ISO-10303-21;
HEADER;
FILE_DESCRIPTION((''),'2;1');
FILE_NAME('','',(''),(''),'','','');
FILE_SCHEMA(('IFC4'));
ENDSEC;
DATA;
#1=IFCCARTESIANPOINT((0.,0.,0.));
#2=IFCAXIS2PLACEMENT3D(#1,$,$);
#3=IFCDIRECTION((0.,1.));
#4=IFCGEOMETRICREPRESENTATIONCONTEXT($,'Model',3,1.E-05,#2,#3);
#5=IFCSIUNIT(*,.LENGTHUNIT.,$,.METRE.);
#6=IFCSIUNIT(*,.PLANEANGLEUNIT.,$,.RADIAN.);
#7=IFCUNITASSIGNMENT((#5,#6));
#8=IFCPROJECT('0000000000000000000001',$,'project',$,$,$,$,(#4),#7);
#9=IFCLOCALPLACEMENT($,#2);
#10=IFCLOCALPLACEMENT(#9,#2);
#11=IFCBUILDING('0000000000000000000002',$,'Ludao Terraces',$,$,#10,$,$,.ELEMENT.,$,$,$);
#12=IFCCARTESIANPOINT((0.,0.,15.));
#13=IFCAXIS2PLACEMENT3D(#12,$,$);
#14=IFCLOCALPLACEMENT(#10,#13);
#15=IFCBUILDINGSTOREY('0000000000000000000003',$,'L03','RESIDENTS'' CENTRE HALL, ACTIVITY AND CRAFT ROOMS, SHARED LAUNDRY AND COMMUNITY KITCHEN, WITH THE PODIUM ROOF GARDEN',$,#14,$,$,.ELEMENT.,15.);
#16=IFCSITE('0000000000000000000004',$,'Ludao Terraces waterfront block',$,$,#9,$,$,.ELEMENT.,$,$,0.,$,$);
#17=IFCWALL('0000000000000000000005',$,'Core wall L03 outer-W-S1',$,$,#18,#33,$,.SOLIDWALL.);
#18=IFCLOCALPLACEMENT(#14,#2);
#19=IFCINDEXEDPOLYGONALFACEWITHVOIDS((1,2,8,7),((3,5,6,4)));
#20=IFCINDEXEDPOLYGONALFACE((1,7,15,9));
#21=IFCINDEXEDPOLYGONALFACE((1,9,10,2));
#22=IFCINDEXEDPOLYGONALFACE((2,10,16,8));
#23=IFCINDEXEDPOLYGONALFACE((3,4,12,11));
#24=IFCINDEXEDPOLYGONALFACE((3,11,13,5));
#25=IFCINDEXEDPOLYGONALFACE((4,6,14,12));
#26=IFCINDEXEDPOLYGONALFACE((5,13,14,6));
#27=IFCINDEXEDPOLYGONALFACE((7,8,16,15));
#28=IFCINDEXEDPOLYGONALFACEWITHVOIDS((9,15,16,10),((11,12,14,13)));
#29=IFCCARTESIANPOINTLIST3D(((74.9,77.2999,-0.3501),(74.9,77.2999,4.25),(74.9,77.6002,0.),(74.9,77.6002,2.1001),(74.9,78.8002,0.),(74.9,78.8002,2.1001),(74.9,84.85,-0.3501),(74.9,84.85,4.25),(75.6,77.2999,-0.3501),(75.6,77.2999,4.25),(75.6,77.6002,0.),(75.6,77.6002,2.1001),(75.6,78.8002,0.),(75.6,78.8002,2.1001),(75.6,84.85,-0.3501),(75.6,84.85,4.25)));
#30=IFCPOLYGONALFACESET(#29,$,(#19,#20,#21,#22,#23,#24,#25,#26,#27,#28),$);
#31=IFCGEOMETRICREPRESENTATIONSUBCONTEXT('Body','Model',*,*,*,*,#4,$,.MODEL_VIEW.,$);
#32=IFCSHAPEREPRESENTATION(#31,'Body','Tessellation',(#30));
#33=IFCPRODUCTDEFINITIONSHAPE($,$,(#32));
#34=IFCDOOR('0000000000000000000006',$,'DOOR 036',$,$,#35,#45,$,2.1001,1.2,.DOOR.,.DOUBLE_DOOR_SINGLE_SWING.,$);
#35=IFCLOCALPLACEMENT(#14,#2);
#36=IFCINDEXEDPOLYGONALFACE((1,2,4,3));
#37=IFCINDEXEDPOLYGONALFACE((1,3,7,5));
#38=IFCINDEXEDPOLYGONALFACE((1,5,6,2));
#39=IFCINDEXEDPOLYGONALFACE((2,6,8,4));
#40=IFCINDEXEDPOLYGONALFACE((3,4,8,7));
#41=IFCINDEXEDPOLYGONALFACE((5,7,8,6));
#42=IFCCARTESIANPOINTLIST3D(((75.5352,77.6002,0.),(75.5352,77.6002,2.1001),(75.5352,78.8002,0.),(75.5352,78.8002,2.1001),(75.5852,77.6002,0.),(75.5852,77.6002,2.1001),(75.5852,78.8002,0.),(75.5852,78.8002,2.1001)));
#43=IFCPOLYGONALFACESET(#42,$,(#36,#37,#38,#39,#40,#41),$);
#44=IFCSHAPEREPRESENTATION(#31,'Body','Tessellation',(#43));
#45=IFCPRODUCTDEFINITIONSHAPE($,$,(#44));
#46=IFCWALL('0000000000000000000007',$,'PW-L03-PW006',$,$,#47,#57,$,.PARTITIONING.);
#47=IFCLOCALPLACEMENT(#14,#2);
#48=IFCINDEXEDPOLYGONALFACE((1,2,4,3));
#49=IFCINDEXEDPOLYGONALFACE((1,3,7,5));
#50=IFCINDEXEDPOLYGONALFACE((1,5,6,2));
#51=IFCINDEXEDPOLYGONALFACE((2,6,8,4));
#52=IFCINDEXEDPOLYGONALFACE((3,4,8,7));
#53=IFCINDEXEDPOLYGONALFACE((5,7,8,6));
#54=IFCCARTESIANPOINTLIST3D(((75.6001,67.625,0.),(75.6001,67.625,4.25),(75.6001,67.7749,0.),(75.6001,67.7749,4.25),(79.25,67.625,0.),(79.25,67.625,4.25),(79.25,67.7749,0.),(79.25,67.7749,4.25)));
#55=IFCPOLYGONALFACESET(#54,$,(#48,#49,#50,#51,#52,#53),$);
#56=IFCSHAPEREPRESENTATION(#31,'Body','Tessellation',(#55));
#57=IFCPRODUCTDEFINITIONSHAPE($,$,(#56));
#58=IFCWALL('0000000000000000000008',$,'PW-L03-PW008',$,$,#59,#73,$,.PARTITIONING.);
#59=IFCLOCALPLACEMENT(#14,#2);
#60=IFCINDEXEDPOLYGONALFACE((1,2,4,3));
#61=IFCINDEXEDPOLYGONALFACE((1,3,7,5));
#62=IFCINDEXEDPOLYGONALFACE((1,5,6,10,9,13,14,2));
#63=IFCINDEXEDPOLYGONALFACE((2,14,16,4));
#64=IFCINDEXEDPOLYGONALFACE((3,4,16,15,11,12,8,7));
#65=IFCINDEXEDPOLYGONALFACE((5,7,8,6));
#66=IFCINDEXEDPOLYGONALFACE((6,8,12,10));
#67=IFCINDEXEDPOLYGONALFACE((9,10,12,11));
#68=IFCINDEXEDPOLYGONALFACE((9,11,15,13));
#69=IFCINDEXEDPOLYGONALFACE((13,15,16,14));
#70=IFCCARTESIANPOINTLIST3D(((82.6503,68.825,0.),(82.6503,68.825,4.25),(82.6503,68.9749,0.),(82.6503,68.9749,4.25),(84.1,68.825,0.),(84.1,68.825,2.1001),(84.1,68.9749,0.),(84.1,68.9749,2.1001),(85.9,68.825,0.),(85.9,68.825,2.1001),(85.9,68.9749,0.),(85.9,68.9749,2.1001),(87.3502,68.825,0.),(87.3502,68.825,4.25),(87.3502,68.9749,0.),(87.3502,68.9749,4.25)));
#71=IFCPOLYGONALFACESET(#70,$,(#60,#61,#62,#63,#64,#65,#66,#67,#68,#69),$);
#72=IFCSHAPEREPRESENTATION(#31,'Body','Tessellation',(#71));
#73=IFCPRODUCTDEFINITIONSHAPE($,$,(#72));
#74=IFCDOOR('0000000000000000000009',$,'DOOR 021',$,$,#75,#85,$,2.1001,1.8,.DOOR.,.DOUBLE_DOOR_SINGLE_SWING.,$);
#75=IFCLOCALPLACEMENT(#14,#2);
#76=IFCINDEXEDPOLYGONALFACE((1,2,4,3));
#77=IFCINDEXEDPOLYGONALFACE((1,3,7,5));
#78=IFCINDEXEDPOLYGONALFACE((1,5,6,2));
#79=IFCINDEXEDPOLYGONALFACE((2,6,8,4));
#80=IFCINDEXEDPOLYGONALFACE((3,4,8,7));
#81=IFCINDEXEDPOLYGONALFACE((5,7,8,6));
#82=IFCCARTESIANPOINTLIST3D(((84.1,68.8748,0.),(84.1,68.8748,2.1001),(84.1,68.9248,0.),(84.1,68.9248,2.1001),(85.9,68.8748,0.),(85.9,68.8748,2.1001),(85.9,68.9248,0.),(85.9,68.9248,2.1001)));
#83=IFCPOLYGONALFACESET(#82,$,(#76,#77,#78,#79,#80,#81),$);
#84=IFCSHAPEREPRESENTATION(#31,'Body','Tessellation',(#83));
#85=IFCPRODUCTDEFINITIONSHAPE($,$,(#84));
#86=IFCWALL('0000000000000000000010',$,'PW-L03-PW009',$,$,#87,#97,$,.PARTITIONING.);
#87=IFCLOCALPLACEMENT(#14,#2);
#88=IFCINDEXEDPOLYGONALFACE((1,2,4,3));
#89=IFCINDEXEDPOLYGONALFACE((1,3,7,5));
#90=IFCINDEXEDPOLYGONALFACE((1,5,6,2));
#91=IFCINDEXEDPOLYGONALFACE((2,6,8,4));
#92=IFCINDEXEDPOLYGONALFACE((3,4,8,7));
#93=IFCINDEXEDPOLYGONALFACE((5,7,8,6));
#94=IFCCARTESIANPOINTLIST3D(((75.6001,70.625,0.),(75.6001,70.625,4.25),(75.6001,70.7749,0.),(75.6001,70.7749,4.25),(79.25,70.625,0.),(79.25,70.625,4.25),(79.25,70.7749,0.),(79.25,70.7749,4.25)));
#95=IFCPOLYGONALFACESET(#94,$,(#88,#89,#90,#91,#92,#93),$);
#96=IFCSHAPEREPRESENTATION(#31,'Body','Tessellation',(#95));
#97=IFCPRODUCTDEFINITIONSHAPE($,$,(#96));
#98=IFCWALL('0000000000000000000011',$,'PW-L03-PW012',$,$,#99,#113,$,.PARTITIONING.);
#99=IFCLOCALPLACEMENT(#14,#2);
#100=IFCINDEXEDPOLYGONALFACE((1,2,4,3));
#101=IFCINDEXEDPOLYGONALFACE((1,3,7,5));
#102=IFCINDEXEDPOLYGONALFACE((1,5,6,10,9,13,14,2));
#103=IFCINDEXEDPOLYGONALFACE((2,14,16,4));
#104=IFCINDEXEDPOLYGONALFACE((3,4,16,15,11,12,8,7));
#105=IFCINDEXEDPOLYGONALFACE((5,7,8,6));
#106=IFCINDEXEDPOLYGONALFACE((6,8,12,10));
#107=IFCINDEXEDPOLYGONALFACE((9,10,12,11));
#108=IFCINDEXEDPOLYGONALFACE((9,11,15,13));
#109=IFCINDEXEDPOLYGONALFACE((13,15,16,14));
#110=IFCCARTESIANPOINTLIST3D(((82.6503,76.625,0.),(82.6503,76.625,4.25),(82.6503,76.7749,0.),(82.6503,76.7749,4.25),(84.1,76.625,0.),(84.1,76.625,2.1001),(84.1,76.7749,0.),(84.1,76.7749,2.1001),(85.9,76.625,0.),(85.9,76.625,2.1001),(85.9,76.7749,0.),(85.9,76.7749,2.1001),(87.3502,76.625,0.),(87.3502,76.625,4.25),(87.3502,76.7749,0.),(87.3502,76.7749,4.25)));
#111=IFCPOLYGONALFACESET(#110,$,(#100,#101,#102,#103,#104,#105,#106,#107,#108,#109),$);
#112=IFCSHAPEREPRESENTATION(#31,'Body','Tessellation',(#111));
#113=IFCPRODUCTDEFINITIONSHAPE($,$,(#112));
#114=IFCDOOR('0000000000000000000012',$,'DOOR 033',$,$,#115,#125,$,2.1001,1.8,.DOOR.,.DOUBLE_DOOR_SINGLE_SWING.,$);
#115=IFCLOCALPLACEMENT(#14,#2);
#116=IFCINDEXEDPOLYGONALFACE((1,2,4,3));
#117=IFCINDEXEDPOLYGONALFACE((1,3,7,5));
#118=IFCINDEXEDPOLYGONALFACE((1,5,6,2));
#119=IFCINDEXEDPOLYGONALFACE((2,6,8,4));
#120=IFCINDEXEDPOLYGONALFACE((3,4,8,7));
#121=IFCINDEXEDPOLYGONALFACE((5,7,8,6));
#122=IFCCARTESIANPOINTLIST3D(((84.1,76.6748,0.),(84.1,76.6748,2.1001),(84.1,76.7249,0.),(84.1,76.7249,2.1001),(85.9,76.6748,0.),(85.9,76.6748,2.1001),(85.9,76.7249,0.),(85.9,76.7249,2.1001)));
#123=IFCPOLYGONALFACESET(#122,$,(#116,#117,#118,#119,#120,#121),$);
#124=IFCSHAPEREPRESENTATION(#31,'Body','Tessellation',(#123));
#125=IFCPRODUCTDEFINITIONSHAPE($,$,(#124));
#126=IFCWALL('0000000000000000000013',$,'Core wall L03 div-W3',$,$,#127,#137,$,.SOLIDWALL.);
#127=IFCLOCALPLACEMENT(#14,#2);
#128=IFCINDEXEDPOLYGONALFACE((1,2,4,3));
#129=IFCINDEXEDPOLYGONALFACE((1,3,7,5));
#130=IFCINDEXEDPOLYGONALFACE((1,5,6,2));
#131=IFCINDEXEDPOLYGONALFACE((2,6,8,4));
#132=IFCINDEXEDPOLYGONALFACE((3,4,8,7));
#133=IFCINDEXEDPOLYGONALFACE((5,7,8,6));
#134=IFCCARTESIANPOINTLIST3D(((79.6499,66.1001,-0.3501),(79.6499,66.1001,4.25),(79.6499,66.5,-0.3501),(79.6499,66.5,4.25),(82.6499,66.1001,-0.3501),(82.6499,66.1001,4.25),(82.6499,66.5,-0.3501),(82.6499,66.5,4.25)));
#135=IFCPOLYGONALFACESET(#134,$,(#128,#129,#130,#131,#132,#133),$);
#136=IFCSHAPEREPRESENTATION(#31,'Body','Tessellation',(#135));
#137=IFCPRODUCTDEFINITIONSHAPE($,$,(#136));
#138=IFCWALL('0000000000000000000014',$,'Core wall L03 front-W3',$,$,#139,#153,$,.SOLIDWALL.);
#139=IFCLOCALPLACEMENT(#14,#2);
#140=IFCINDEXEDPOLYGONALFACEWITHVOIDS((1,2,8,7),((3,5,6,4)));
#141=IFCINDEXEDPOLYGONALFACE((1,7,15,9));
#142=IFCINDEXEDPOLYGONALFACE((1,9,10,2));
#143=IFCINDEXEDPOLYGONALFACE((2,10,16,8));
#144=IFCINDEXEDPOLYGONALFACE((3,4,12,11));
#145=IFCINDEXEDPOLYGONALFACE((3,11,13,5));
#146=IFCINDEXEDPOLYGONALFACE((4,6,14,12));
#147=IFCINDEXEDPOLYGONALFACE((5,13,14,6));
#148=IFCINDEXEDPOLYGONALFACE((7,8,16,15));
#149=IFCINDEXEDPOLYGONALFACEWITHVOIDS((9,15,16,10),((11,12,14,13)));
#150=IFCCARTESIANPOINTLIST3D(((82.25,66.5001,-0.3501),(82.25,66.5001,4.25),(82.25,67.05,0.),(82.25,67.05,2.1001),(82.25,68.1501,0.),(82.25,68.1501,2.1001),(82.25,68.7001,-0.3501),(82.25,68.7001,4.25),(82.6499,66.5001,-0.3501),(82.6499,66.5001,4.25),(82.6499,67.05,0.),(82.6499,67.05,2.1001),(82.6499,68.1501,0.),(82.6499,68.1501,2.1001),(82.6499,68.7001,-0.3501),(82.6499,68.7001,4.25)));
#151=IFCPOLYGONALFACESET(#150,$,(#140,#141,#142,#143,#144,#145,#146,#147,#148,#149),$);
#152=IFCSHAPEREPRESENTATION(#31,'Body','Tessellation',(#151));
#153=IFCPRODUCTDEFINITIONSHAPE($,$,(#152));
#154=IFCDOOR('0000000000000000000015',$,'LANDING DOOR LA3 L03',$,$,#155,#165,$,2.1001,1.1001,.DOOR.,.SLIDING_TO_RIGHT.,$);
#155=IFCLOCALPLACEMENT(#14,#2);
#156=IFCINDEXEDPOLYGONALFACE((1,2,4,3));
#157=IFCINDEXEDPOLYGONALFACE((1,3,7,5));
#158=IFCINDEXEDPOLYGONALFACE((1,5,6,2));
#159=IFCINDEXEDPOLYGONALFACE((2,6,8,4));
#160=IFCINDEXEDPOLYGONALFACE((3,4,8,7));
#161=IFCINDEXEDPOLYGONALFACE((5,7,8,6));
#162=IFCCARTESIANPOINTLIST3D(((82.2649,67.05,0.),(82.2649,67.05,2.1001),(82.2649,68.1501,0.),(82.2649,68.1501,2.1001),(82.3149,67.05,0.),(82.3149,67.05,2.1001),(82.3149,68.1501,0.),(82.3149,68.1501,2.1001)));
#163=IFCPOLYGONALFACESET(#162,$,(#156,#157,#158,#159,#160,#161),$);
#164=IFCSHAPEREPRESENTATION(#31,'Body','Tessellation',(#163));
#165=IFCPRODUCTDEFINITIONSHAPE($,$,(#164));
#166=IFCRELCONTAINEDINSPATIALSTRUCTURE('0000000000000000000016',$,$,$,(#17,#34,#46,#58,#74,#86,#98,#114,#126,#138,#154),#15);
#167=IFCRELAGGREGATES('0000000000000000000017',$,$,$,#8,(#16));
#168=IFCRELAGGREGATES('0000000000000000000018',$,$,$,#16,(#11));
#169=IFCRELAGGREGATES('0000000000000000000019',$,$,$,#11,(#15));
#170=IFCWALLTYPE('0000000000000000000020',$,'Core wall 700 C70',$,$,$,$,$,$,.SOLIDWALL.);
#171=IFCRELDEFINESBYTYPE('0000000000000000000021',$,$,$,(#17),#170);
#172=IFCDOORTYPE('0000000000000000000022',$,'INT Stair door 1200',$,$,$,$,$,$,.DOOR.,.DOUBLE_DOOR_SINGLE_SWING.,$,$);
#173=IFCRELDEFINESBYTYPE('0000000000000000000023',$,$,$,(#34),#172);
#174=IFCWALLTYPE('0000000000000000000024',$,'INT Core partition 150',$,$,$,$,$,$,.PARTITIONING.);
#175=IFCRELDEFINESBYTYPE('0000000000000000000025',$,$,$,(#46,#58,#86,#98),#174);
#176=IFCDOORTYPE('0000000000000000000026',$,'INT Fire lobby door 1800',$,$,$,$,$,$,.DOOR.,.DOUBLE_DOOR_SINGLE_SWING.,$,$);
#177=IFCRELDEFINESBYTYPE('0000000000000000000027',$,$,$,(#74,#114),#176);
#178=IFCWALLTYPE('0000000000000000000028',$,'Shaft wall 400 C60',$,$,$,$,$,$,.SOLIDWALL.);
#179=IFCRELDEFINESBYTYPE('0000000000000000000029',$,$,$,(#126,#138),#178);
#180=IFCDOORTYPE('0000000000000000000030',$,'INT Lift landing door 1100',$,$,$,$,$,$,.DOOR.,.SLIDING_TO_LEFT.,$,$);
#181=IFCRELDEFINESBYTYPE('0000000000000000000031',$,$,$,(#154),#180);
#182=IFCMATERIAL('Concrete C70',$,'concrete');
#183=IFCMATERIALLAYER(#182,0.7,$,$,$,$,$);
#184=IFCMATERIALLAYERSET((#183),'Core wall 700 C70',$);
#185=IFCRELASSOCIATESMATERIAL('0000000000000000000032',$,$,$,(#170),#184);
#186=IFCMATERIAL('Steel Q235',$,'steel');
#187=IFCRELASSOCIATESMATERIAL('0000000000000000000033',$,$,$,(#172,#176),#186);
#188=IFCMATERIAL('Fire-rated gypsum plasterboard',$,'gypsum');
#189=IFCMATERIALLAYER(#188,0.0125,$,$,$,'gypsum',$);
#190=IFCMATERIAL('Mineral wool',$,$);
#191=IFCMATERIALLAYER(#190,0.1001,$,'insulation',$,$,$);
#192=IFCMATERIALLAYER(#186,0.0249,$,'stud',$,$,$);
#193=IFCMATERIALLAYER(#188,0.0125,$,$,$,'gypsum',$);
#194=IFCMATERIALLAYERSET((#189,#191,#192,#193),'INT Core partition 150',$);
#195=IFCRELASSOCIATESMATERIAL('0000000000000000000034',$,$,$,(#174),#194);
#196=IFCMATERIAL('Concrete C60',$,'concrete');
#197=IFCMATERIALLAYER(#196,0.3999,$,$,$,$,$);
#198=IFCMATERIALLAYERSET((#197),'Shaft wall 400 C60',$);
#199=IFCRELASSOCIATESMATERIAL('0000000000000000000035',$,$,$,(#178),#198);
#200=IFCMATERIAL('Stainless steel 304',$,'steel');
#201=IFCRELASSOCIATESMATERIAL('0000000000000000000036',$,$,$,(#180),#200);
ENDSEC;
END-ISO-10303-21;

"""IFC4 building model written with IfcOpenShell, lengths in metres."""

from ifc_helpers import new_model, si_unit, direction, frame, frame_2d, origin, place, context, subcontext, project, spatial, rectangle, extrude, material, layer, layer_set, type_object, element, fill, save


model = new_model("IFC4")

# Units and contexts
model_context = context("Model", 3, precision=1e-05, world=origin(), true_north=direction((0.0, 1.0)))
body_context = subcontext(model_context, "Body", "Model", "MODEL_VIEW")
ifc_project = project(units=[si_unit("LENGTHUNIT", "METRE"), si_unit("PLANEANGLEUNIT", "RADIAN")], contexts=[model_context])

# Site, building, storey
site_placement = place(None, origin())
site = spatial("IfcSite", under=ifc_project, at=site_placement, Name="Ludao Terraces waterfront block", CompositionType="ELEMENT", RefElevation=0.0)
building_placement = place(site_placement, origin())
building = spatial("IfcBuilding", under=site, at=building_placement, Name="Ludao Terraces", CompositionType="ELEMENT")
storey_placement = place(building_placement, frame((0.0, 0.0, 15.0)))
storey = spatial("IfcBuildingStorey", under=building, at=storey_placement, Name="L03", Description="RESIDENTS' CENTRE HALL, ACTIVITY AND CRAFT ROOMS, SHARED LAUNDRY AND COMMUNITY KITCHEN, WITH THE PODIUM ROOF GARDEN", CompositionType="ELEMENT", Elevation=15.0)

# Wall, opening, door
ifc_material_1 = material(Name="Concrete C70", Category="concrete")
ifc_layer_1 = layer(ifc_material_1, 0.7)
ifc_layer_set_1 = layer_set([ifc_layer_1], Name="Core wall 700 C70")
wall_type_1 = type_object("IfcWallType", Name="Core wall 700 C70", PredefinedType="SOLIDWALL", material=ifc_layer_set_1)
wall_1_placement = place(storey_placement, frame((75.25, 77.3, -0.3501), z_axis=(0.0, 0.0, 1.0), x_axis=(0.0, 1.0, 0.0)))
wall_1 = element("IfcWall", 1, at=wall_1_placement, inside=storey, type_object=wall_type_1, Name="Core wall L03 outer-W-S1", PredefinedType="SOLIDWALL", context=body_context, shape_type="SweptSolid", body=[
    extrude(rectangle(XDim=7.55, YDim=0.7, at=frame_2d((3.7749, 0.0))), origin(), (0.0, 0.0, 1.0), 4.6001),
])
opening_1_placement = place(wall_1_placement, frame((0.3, 0.0, 0.3501)))
opening_1 = element("IfcOpeningElement", 2, at=opening_1_placement, cuts=wall_1, PredefinedType="OPENING", context=body_context, shape_type="SweptSolid", body=[
    extrude(rectangle(XDim=1.2, YDim=2.1001, at=frame_2d((0.6001, 1.05))), frame((0.0, 0.3599, 0.0), z_axis=(0.0, -1.0, 0.0), x_axis=(1.0, 0.0, 0.0)), (0.0, 0.0, 1.0), 0.72),
])
ifc_material_2 = material(Name="Steel Q235", Category="steel")
door_type_1 = type_object("IfcDoorType", Name="INT Stair door 1200", OperationType="DOUBLE_DOOR_SINGLE_SWING", PredefinedType="DOOR", material=ifc_material_2)
door_1_placement = place(opening_1_placement, origin())
door_1 = element("IfcDoor", 3, at=door_1_placement, inside=storey, type_object=door_type_1, Name="DOOR 036", OperationType="DOUBLE_DOOR_SINGLE_SWING", OverallHeight=2.1001, OverallWidth=1.2, PredefinedType="DOOR", context=body_context, shape_type="SweptSolid", body=[
    extrude(rectangle(XDim=1.2, YDim=2.1001, at=frame_2d((0.6001, 1.05))), frame((0.0, -0.2852, 0.0), z_axis=(0.0, -1.0, 0.0), x_axis=(1.0, 0.0, 0.0)), (0.0, 0.0, 1.0), 0.05),
])
fill(opening_1, door_1)

# Wall
ifc_material_3 = material(Name="Fire-rated gypsum plasterboard", Category="gypsum")
ifc_layer_2 = layer(ifc_material_3, 0.0125, Category="gypsum")
ifc_material_4 = material(Name="Mineral wool")
ifc_layer_3 = layer(ifc_material_4, 0.1001, Name="insulation")
ifc_layer_4 = layer(ifc_material_2, 0.0249, Name="stud")
ifc_layer_5 = layer(ifc_material_3, 0.0125, Category="gypsum")
ifc_layer_set_2 = layer_set([ifc_layer_2, ifc_layer_3, ifc_layer_4, ifc_layer_5], Name="INT Core partition 150")
wall_type_2 = type_object("IfcWallType", Name="INT Core partition 150", PredefinedType="PARTITIONING", material=ifc_layer_set_2)
wall_2_placement = place(storey_placement, frame((75.6001, 67.7, 0.0), z_axis=(0.0, 0.0, 1.0), x_axis=(1.0, 0.0, 0.0)))
element("IfcWall", 4, at=wall_2_placement, inside=storey, type_object=wall_type_2, Name="PW-L03-PW006", PredefinedType="PARTITIONING", context=body_context, shape_type="SweptSolid", body=[
    extrude(rectangle(XDim=3.6499, YDim=0.1499, at=frame_2d((1.825, 0.0))), origin(), (0.0, 0.0, 1.0), 4.25),
])

# Wall, opening, door
wall_3_placement = place(storey_placement, frame((82.6501, 68.8999, 0.0), z_axis=(0.0, 0.0, 1.0), x_axis=(1.0, 0.0, 0.0)))
wall_3 = element("IfcWall", 5, at=wall_3_placement, inside=storey, type_object=wall_type_2, Name="PW-L03-PW008", PredefinedType="PARTITIONING", context=body_context, shape_type="SweptSolid", body=[
    extrude(rectangle(XDim=4.7, YDim=0.1499, at=frame_2d((2.3501, 0.0))), origin(), (0.0, 0.0, 1.0), 4.25),
])
opening_2_placement = place(wall_3_placement, frame((1.45, 0.0, 0.0)))
opening_2 = element("IfcOpeningElement", 6, at=opening_2_placement, cuts=wall_3, PredefinedType="OPENING", context=body_context, shape_type="SweptSolid", body=[
    extrude(rectangle(XDim=1.8, YDim=2.1001, at=frame_2d((0.8999, 1.05))), frame((0.0, 0.085, 0.0), z_axis=(0.0, -1.0, 0.0), x_axis=(1.0, 0.0, 0.0)), (0.0, 0.0, 1.0), 0.1699),
])
door_type_2 = type_object("IfcDoorType", Name="INT Fire lobby door 1800", OperationType="DOUBLE_DOOR_SINGLE_SWING", PredefinedType="DOOR", material=ifc_material_2)
door_2_placement = place(opening_2_placement, origin())
door_2 = element("IfcDoor", 7, at=door_2_placement, inside=storey, type_object=door_type_2, Name="DOOR 021", OperationType="DOUBLE_DOOR_SINGLE_SWING", OverallHeight=2.1001, OverallWidth=1.8, PredefinedType="DOOR", context=body_context, shape_type="SweptSolid", body=[
    extrude(rectangle(XDim=1.8, YDim=2.1001, at=frame_2d((0.8999, 1.05))), frame((0.0, 0.0249, 0.0), z_axis=(0.0, -1.0, 0.0), x_axis=(1.0, 0.0, 0.0)), (0.0, 0.0, 1.0), 0.05),
])
fill(opening_2, door_2)

# Wall
wall_4_placement = place(storey_placement, frame((75.6001, 70.7, 0.0), z_axis=(0.0, 0.0, 1.0), x_axis=(1.0, 0.0, 0.0)))
element("IfcWall", 8, at=wall_4_placement, inside=storey, type_object=wall_type_2, Name="PW-L03-PW009", PredefinedType="PARTITIONING", context=body_context, shape_type="SweptSolid", body=[
    extrude(rectangle(XDim=3.6499, YDim=0.1499, at=frame_2d((1.825, 0.0))), origin(), (0.0, 0.0, 1.0), 4.25),
])

# Wall, opening, door
wall_5_placement = place(storey_placement, frame((82.6501, 76.7, 0.0), z_axis=(0.0, 0.0, 1.0), x_axis=(1.0, 0.0, 0.0)))
wall_5 = element("IfcWall", 9, at=wall_5_placement, inside=storey, type_object=wall_type_2, Name="PW-L03-PW012", PredefinedType="PARTITIONING", context=body_context, shape_type="SweptSolid", body=[
    extrude(rectangle(XDim=4.7, YDim=0.1499, at=frame_2d((2.3501, 0.0))), origin(), (0.0, 0.0, 1.0), 4.25),
])
opening_3_placement = place(wall_5_placement, frame((1.45, 0.0, 0.0)))
opening_3 = element("IfcOpeningElement", 10, at=opening_3_placement, cuts=wall_5, PredefinedType="OPENING", context=body_context, shape_type="SweptSolid", body=[
    extrude(rectangle(XDim=1.8, YDim=2.1001, at=frame_2d((0.8999, 1.05))), frame((0.0, 0.085, 0.0), z_axis=(0.0, -1.0, 0.0), x_axis=(1.0, 0.0, 0.0)), (0.0, 0.0, 1.0), 0.1699),
])
door_3_placement = place(opening_3_placement, origin())
door_3 = element("IfcDoor", 11, at=door_3_placement, inside=storey, type_object=door_type_2, Name="DOOR 033", OperationType="DOUBLE_DOOR_SINGLE_SWING", OverallHeight=2.1001, OverallWidth=1.8, PredefinedType="DOOR", context=body_context, shape_type="SweptSolid", body=[
    extrude(rectangle(XDim=1.8, YDim=2.1001, at=frame_2d((0.8999, 1.05))), frame((0.0, 0.0249, 0.0), z_axis=(0.0, -1.0, 0.0), x_axis=(1.0, 0.0, 0.0)), (0.0, 0.0, 1.0), 0.05),
])
fill(opening_3, door_3)

# Wall
ifc_material_5 = material(Name="Concrete C60", Category="concrete")
ifc_layer_6 = layer(ifc_material_5, 0.3999)
ifc_layer_set_3 = layer_set([ifc_layer_6], Name="Shaft wall 400 C60")
wall_type_3 = type_object("IfcWallType", Name="Shaft wall 400 C60", PredefinedType="SOLIDWALL", material=ifc_layer_set_3)
wall_6_placement = place(storey_placement, frame((79.6499, 66.3, -0.3501), z_axis=(0.0, 0.0, 1.0), x_axis=(1.0, 0.0, 0.0)))
element("IfcWall", 12, at=wall_6_placement, inside=storey, type_object=wall_type_3, Name="Core wall L03 div-W3", PredefinedType="SOLIDWALL", context=body_context, shape_type="SweptSolid", body=[
    extrude(rectangle(XDim=3.0, YDim=0.3999, at=frame_2d((1.5, 0.0))), origin(), (0.0, 0.0, 1.0), 4.6001),
])

# Wall, opening, door
wall_7_placement = place(storey_placement, frame((82.45, 66.5, -0.3501), z_axis=(0.0, 0.0, 1.0), x_axis=(0.0, 1.0, 0.0)))
wall_7 = element("IfcWall", 13, at=wall_7_placement, inside=storey, type_object=wall_type_3, Name="Core wall L03 front-W3", PredefinedType="SOLIDWALL", context=body_context, shape_type="SweptSolid", body=[
    extrude(rectangle(XDim=2.2, YDim=0.3999, at=frame_2d((1.1001, 0.0))), origin(), (0.0, 0.0, 1.0), 4.6001),
])
opening_4_placement = place(wall_7_placement, frame((0.55, 0.0, 0.3501)))
opening_4 = element("IfcOpeningElement", 14, at=opening_4_placement, cuts=wall_7, PredefinedType="OPENING", context=body_context, shape_type="SweptSolid", body=[
    extrude(rectangle(XDim=1.1001, YDim=2.1001, at=frame_2d((0.55, 1.05))), frame((0.0, 0.21, 0.0), z_axis=(0.0, -1.0, 0.0), x_axis=(1.0, 0.0, 0.0)), (0.0, 0.0, 1.0), 0.4199),
])
ifc_material_6 = material(Name="Stainless steel 304", Category="steel")
door_type_3 = type_object("IfcDoorType", Name="INT Lift landing door 1100", OperationType="SLIDING_TO_LEFT", PredefinedType="DOOR", material=ifc_material_6)
door_4_placement = place(opening_4_placement, origin())
door_4 = element("IfcDoor", 15, at=door_4_placement, inside=storey, type_object=door_type_3, Name="LANDING DOOR LA3 L03", OperationType="SLIDING_TO_RIGHT", OverallHeight=2.1001, OverallWidth=1.1001, PredefinedType="DOOR", context=body_context, shape_type="SweptSolid", body=[
    extrude(rectangle(XDim=1.1001, YDim=2.1001, at=frame_2d((0.55, 1.05))), frame((0.0, 0.1851, 0.0), z_axis=(0.0, -1.0, 0.0), x_axis=(1.0, 0.0, 0.0)), (0.0, 0.0, 1.0), 0.05),
])
fill(opening_4, door_4)

save(model, "model.ifc")
